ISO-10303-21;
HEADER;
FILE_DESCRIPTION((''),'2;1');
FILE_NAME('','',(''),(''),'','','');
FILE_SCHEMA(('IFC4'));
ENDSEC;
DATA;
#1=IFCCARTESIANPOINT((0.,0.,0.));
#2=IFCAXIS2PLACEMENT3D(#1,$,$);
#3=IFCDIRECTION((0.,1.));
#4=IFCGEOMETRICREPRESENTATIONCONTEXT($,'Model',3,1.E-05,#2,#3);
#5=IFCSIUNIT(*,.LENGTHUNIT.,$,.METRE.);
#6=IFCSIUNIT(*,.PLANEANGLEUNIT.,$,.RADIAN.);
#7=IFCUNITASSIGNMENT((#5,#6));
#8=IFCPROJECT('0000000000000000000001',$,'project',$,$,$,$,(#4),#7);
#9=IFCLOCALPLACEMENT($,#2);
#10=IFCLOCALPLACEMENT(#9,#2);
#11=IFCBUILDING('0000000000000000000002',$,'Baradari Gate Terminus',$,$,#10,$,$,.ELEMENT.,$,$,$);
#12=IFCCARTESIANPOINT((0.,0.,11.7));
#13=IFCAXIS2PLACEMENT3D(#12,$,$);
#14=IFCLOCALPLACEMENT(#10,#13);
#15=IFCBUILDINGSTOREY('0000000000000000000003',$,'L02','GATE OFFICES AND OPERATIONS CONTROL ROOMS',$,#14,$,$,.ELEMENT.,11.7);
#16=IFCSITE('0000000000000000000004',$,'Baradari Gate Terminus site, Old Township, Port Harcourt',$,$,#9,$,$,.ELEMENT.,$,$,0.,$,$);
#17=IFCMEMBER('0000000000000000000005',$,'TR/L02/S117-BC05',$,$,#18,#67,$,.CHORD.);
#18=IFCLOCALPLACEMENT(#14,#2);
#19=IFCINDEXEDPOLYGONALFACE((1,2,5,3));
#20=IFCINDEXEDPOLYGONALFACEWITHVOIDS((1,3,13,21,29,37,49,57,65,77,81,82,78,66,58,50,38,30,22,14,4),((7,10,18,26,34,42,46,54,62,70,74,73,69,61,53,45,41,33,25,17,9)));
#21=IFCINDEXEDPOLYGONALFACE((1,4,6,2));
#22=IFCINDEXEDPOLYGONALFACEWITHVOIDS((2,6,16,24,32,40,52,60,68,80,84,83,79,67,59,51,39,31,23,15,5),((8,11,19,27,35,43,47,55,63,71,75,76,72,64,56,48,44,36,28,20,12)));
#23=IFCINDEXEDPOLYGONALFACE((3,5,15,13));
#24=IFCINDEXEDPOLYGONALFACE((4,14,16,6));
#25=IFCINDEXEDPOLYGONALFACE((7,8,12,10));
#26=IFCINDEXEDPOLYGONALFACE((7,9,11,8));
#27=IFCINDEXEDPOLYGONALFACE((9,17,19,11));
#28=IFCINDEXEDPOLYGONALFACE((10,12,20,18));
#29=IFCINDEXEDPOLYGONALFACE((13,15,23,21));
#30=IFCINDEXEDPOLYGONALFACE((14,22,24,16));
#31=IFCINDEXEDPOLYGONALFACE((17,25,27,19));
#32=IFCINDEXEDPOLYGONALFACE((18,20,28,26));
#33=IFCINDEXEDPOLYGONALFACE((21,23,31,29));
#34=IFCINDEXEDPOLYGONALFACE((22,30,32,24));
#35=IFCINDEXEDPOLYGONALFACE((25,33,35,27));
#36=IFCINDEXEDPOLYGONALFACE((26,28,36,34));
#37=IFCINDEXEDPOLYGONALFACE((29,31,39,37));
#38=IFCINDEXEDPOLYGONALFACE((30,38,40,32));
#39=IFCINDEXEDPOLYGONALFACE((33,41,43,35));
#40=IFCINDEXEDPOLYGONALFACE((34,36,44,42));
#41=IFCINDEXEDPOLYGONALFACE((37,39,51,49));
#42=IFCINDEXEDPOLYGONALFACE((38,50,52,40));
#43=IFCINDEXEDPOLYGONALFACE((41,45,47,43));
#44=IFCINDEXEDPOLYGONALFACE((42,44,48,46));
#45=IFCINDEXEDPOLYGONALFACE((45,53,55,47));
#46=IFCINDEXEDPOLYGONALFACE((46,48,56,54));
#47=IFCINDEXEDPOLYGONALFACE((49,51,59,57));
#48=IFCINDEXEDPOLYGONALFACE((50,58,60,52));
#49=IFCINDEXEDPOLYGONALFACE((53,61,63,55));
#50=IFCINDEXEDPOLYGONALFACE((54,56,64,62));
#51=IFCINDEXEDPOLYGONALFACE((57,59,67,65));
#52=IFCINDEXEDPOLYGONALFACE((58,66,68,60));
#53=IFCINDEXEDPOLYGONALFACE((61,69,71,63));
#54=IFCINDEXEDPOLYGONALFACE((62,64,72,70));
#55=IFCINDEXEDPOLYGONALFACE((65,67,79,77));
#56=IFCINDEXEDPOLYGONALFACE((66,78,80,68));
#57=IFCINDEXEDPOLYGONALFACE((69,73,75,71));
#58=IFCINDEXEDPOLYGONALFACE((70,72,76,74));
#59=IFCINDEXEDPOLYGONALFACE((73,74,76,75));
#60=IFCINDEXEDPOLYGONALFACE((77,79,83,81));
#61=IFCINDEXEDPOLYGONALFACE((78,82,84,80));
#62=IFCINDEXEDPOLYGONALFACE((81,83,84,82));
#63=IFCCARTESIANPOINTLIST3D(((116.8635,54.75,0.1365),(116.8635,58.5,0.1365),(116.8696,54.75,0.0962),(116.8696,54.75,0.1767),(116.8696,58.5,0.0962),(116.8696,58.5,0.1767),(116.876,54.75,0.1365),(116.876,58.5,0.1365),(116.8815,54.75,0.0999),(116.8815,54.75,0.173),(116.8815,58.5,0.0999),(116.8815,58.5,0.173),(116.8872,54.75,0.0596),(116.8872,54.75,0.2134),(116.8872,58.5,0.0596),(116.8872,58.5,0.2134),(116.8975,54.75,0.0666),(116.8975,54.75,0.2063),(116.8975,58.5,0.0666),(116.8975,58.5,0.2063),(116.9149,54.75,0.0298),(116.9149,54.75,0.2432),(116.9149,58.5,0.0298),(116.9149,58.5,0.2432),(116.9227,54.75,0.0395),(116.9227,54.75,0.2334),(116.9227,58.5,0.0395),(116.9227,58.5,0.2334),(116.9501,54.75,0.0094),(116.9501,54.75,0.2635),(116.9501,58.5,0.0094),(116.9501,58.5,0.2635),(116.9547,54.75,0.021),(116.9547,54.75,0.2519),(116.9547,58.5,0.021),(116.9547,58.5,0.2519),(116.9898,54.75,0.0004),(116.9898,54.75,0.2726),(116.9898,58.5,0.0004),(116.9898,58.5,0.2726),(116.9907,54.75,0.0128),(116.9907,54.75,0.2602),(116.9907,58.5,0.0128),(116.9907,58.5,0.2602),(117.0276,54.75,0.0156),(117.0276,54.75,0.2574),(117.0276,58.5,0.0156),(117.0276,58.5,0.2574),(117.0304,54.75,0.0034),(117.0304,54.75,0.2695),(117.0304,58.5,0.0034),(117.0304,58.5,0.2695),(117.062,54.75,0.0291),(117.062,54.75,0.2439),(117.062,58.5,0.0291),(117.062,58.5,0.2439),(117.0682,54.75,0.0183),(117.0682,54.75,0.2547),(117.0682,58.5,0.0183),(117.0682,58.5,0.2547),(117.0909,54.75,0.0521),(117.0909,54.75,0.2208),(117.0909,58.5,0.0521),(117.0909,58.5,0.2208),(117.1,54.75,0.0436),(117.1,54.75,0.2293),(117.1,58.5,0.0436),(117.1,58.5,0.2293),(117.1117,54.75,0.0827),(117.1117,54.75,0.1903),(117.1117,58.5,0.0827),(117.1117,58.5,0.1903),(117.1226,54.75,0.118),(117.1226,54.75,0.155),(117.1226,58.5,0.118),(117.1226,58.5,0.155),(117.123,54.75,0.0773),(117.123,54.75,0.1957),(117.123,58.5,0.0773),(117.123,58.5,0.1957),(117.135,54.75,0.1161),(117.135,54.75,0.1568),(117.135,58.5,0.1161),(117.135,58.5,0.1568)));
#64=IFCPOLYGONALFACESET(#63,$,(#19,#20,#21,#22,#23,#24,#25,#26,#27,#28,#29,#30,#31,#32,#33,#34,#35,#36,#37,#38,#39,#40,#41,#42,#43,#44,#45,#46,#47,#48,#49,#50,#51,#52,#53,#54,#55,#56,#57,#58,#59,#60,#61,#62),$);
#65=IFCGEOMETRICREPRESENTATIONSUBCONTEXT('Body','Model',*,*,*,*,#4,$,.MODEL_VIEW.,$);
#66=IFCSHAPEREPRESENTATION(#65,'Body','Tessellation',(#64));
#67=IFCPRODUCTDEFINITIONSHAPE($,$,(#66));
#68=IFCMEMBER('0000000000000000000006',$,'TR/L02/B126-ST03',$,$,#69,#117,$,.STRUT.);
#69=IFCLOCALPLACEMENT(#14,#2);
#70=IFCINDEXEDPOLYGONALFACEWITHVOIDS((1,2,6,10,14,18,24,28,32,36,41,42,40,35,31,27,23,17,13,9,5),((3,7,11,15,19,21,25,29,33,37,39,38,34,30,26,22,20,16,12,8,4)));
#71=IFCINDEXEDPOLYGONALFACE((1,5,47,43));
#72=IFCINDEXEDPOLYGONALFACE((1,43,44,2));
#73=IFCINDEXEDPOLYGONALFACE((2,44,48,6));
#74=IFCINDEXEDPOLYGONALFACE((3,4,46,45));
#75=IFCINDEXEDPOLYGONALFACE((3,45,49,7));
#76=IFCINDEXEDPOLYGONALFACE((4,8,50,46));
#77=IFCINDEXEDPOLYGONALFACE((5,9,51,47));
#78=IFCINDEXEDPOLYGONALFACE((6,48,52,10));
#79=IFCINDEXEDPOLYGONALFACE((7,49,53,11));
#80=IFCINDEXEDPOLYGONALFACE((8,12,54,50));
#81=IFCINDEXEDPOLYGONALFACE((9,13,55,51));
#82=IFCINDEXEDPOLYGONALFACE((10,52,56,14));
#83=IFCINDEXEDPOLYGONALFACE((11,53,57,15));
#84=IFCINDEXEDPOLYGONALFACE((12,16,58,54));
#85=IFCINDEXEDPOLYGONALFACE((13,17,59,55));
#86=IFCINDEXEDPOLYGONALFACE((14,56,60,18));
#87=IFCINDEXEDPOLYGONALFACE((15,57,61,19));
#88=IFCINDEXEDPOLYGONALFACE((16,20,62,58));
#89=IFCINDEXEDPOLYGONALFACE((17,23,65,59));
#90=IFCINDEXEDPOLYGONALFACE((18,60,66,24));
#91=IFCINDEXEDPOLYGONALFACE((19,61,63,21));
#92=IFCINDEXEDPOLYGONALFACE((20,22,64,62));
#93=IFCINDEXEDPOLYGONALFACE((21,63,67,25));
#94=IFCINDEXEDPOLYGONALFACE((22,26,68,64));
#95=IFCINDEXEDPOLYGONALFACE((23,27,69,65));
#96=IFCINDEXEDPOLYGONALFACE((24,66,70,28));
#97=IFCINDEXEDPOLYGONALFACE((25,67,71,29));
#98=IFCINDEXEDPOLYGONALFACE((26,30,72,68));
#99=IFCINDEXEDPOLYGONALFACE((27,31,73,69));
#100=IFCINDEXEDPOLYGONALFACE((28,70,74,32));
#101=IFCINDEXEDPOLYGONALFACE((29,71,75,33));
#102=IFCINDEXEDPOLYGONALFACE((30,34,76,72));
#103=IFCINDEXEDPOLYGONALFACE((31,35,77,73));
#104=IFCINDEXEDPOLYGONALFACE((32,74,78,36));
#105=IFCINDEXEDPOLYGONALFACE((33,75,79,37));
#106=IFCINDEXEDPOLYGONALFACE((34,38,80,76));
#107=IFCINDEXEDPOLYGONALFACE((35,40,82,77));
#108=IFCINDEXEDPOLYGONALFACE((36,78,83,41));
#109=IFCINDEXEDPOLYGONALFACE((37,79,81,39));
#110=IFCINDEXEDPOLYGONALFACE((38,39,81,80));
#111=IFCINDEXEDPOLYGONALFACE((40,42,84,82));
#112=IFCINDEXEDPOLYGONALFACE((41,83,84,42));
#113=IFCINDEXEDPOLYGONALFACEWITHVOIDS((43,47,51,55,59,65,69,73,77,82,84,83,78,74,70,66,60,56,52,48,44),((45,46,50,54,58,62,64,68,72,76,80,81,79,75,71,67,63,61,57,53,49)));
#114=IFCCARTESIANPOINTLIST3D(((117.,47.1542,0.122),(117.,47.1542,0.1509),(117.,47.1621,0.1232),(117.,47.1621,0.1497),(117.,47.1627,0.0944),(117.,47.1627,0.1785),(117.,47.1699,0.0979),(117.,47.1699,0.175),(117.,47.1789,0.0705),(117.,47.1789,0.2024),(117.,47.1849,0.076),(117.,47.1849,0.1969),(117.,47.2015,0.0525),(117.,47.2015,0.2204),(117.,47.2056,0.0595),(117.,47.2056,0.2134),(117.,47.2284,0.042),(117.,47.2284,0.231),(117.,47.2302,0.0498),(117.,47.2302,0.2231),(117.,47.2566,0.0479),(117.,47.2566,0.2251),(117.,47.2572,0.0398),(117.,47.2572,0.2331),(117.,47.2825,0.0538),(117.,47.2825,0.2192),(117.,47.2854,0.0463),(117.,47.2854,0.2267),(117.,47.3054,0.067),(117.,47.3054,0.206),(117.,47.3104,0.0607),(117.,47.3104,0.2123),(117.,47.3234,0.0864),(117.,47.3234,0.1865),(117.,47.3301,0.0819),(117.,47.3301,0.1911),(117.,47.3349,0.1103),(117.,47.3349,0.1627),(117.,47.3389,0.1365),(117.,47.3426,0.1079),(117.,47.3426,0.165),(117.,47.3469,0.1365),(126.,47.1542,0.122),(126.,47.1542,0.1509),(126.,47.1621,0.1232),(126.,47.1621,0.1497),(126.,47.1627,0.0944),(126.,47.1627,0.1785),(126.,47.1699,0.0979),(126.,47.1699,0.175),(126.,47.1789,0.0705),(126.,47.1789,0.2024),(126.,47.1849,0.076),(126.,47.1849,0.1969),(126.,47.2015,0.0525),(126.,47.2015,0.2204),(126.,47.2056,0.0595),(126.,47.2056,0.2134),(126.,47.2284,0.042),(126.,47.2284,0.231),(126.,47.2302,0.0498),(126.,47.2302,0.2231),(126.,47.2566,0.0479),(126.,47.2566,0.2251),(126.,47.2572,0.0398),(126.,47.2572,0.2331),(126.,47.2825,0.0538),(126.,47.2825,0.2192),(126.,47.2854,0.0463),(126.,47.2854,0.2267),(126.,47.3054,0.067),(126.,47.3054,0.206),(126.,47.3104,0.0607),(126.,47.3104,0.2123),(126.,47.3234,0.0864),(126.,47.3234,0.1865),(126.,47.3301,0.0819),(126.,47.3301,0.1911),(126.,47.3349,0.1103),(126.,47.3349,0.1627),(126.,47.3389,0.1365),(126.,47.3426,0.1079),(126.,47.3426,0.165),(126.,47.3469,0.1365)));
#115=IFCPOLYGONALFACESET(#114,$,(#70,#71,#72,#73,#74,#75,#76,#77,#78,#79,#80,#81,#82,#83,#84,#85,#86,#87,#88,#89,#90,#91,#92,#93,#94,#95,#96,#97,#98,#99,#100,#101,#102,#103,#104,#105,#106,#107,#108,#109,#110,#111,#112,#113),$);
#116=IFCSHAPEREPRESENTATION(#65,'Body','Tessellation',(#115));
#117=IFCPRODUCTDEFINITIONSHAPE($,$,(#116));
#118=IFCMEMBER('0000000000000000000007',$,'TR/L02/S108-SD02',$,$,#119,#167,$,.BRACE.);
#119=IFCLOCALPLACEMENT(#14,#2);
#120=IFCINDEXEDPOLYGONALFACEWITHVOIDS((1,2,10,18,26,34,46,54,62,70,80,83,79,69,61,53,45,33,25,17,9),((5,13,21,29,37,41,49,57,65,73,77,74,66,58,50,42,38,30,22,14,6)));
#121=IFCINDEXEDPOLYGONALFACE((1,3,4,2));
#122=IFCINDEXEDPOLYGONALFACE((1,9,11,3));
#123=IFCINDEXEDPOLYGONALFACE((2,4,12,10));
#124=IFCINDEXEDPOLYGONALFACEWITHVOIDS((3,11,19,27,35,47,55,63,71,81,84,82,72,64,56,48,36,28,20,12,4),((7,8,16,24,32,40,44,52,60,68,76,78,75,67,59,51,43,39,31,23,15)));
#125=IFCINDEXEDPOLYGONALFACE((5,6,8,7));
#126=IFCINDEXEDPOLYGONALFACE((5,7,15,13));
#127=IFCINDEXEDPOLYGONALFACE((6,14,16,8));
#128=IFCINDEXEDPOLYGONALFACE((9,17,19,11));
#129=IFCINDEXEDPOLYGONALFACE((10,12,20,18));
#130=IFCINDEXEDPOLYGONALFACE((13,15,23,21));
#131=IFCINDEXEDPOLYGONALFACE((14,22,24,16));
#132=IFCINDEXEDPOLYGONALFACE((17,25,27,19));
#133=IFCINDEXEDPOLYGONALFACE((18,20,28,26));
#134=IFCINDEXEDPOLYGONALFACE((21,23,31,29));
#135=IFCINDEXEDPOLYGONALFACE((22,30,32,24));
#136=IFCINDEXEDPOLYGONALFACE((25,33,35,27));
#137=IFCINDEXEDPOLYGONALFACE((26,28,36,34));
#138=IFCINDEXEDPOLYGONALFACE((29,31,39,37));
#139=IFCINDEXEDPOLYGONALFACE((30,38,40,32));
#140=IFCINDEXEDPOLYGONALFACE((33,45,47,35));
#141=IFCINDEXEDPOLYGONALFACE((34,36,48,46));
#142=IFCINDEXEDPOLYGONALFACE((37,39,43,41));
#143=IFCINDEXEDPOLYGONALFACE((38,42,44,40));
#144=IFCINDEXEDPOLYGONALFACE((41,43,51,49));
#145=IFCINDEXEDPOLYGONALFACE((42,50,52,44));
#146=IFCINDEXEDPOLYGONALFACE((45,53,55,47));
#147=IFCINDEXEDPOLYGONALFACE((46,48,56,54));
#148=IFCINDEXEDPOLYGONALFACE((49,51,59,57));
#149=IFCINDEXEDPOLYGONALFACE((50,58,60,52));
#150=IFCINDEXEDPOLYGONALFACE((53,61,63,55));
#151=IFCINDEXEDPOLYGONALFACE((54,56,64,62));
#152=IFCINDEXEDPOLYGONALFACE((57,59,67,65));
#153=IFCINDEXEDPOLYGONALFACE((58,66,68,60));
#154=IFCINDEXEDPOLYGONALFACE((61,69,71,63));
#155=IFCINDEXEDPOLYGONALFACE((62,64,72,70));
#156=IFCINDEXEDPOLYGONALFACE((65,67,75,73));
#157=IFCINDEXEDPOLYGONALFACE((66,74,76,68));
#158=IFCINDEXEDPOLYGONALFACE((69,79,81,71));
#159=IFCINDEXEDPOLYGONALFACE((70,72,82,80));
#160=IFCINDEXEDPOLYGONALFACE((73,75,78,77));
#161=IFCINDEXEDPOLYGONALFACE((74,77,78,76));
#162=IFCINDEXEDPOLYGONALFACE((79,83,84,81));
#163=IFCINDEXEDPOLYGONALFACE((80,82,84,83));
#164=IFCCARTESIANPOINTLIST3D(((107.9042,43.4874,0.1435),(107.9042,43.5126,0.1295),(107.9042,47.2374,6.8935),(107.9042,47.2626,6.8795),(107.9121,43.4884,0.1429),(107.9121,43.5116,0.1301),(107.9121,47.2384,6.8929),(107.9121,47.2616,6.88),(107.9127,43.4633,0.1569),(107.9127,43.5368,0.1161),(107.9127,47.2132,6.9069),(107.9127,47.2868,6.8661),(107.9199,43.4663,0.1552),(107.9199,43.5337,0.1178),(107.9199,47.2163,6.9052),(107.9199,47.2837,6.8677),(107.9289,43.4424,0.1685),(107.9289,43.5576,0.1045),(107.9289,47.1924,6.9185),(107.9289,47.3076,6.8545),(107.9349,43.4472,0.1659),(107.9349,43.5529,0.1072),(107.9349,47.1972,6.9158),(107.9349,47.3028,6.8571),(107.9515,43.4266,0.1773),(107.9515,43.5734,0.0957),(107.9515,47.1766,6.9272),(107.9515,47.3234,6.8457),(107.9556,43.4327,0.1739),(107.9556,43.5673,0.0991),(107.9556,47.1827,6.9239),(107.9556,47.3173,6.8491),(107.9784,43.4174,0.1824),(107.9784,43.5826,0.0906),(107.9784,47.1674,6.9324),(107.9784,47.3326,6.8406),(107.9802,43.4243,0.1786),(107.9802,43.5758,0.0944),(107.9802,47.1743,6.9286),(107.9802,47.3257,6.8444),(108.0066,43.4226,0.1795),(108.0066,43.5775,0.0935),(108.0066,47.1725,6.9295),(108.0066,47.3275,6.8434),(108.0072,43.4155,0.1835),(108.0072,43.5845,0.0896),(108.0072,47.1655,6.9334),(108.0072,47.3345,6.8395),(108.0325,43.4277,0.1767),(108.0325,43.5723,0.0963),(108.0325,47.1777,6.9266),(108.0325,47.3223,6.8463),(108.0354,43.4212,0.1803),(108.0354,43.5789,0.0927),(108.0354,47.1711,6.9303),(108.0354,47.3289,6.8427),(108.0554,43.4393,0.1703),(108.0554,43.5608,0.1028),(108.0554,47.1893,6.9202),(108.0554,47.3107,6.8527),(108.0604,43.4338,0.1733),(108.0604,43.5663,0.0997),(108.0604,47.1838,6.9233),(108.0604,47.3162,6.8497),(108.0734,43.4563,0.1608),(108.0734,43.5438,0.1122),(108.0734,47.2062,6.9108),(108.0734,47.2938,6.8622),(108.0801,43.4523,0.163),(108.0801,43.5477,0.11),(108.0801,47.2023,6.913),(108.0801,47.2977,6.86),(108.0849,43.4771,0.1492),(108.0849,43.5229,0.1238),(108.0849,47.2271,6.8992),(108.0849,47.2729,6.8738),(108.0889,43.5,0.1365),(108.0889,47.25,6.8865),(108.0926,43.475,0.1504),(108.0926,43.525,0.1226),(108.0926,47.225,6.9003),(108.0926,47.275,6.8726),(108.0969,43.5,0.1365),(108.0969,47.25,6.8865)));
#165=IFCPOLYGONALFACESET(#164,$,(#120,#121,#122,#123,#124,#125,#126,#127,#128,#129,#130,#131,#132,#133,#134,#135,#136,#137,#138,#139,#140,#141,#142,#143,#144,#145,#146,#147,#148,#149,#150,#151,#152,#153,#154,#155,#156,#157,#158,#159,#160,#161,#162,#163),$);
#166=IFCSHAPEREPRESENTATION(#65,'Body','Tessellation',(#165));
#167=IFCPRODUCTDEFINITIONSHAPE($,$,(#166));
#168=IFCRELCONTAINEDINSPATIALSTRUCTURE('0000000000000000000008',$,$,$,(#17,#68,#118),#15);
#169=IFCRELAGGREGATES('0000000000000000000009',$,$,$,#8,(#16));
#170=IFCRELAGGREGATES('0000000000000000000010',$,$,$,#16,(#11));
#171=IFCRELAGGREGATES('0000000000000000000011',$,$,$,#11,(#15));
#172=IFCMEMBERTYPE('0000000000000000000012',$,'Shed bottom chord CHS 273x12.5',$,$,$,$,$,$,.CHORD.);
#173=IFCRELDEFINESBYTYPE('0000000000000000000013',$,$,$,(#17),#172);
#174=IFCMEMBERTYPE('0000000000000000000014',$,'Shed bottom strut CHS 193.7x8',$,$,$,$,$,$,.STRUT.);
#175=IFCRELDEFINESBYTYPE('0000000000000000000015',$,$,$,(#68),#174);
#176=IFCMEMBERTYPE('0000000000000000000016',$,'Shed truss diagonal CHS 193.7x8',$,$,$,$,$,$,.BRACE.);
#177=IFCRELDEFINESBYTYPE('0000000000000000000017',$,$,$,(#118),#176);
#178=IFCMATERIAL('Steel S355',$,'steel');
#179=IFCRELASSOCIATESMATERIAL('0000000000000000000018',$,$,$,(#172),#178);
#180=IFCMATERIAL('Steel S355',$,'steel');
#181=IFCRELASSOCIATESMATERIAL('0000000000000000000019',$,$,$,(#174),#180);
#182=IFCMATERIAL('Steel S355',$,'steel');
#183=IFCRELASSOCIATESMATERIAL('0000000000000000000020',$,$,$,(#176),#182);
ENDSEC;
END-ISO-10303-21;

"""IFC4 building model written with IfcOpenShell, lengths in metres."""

from ifc_helpers import new_model, si_unit, direction, frame, origin, origin_2d, place, context, subcontext, project, spatial, hollow_circle, extrude, material, material_profile, profile_set, type_object, element, save


model = new_model("IFC4")

# Units and contexts
model_context = context("Model", 3, precision=1e-05, world=origin(), true_north=direction((0.0, 1.0)))
body_context = subcontext(model_context, "Body", "Model", "MODEL_VIEW")
ifc_project = project(units=[si_unit("LENGTHUNIT", "METRE"), si_unit("PLANEANGLEUNIT", "RADIAN")], contexts=[model_context])

# Site, building, storey
site_placement = place(None, origin())
site = spatial("IfcSite", under=ifc_project, at=site_placement, Name="Baradari Gate Terminus site, Old Township, Port Harcourt", CompositionType="ELEMENT", RefElevation=0.0)
building_placement = place(site_placement, origin())
building = spatial("IfcBuilding", under=site, at=building_placement, Name="Baradari Gate Terminus", CompositionType="ELEMENT")
storey_placement = place(building_placement, frame((0.0, 0.0, 11.7)))
storey = spatial("IfcBuildingStorey", under=building, at=storey_placement, Name="L02", Description="GATE OFFICES AND OPERATIONS CONTROL ROOMS", CompositionType="ELEMENT", Elevation=11.7)

# Members
ifc_material_1 = material(Name="Steel S355", Category="steel")
ifc_material_profile_1 = material_profile(ifc_material_1, hollow_circle(Radius=0.1365, WallThickness=0.0125, at=origin_2d()), Name="CHS 273x12.5")
ifc_profile_set_1 = profile_set([ifc_material_profile_1], Name="Steel S355")
member_type_1 = type_object("IfcMemberType", Name="Shed bottom chord CHS 273x12.5", PredefinedType="CHORD", material=ifc_profile_set_1)
for number, where, z_axis, x_axis, name in (
    (1, (117.0, 54.75, 0.1365), (0.0, 1.0, 0.0), (-1.0, 0.0, 0.0), "TR/L02/S117-BC05"),
):
    element("IfcMember", number, at=place(storey_placement, frame(where, z_axis=z_axis, x_axis=x_axis)), inside=storey, type_object=member_type_1, Name=name, PredefinedType="CHORD", context=body_context, shape_type="SweptSolid", body=[
        extrude(hollow_circle(Radius=0.1365, WallThickness=0.0125, at=origin_2d()), origin(), (0.0, 0.0, 1.0), 3.75),
    ])
ifc_material_2 = material(Name="Steel S355", Category="steel")
ifc_material_profile_2 = material_profile(ifc_material_2, hollow_circle(Radius=0.0969, WallThickness=0.0081, at=origin_2d()), Name="CHS 193.7x8")
ifc_profile_set_2 = profile_set([ifc_material_profile_2], Name="Steel S355")
member_type_2 = type_object("IfcMemberType", Name="Shed bottom strut CHS 193.7x8", PredefinedType="STRUT", material=ifc_profile_set_2)
member_1_placement = place(storey_placement, frame((117.0, 47.25, 0.1365), z_axis=(1.0, 0.0, 0.0), x_axis=(0.0, 1.0, 0.0)))
element("IfcMember", 2, at=member_1_placement, inside=storey, type_object=member_type_2, Name="TR/L02/B126-ST03", PredefinedType="STRUT", context=body_context, shape_type="SweptSolid", body=[
    extrude(hollow_circle(Radius=0.0969, WallThickness=0.0081, at=origin_2d()), origin(), (0.0, 0.0, 1.0), 9.0),
])
ifc_material_3 = material(Name="Steel S355", Category="steel")
ifc_material_profile_3 = material_profile(ifc_material_3, hollow_circle(Radius=0.0969, WallThickness=0.0081, at=origin_2d()), Name="CHS 193.7x8")
ifc_profile_set_3 = profile_set([ifc_material_profile_3], Name="Steel S355")
member_type_3 = type_object("IfcMemberType", Name="Shed truss diagonal CHS 193.7x8", PredefinedType="BRACE", material=ifc_profile_set_3)
for number, where, z_axis, x_axis, name in (
    (3, (108.0, 47.25, 6.8865), (0.0, -0.485643, -0.874157), (1.0, 0.0, 0.0), "TR/L02/S108-SD02"),
):
    element("IfcMember", number, at=place(storey_placement, frame(where, z_axis=z_axis, x_axis=x_axis)), inside=storey, type_object=member_type_3, Name=name, PredefinedType="BRACE", context=body_context, shape_type="SweptSolid", body=[
        extrude(hollow_circle(Radius=0.0969, WallThickness=0.0081, at=origin_2d()), origin(), (0.0, 0.0, 1.0), 7.7217),
    ])

save(model, "model.ifc")
